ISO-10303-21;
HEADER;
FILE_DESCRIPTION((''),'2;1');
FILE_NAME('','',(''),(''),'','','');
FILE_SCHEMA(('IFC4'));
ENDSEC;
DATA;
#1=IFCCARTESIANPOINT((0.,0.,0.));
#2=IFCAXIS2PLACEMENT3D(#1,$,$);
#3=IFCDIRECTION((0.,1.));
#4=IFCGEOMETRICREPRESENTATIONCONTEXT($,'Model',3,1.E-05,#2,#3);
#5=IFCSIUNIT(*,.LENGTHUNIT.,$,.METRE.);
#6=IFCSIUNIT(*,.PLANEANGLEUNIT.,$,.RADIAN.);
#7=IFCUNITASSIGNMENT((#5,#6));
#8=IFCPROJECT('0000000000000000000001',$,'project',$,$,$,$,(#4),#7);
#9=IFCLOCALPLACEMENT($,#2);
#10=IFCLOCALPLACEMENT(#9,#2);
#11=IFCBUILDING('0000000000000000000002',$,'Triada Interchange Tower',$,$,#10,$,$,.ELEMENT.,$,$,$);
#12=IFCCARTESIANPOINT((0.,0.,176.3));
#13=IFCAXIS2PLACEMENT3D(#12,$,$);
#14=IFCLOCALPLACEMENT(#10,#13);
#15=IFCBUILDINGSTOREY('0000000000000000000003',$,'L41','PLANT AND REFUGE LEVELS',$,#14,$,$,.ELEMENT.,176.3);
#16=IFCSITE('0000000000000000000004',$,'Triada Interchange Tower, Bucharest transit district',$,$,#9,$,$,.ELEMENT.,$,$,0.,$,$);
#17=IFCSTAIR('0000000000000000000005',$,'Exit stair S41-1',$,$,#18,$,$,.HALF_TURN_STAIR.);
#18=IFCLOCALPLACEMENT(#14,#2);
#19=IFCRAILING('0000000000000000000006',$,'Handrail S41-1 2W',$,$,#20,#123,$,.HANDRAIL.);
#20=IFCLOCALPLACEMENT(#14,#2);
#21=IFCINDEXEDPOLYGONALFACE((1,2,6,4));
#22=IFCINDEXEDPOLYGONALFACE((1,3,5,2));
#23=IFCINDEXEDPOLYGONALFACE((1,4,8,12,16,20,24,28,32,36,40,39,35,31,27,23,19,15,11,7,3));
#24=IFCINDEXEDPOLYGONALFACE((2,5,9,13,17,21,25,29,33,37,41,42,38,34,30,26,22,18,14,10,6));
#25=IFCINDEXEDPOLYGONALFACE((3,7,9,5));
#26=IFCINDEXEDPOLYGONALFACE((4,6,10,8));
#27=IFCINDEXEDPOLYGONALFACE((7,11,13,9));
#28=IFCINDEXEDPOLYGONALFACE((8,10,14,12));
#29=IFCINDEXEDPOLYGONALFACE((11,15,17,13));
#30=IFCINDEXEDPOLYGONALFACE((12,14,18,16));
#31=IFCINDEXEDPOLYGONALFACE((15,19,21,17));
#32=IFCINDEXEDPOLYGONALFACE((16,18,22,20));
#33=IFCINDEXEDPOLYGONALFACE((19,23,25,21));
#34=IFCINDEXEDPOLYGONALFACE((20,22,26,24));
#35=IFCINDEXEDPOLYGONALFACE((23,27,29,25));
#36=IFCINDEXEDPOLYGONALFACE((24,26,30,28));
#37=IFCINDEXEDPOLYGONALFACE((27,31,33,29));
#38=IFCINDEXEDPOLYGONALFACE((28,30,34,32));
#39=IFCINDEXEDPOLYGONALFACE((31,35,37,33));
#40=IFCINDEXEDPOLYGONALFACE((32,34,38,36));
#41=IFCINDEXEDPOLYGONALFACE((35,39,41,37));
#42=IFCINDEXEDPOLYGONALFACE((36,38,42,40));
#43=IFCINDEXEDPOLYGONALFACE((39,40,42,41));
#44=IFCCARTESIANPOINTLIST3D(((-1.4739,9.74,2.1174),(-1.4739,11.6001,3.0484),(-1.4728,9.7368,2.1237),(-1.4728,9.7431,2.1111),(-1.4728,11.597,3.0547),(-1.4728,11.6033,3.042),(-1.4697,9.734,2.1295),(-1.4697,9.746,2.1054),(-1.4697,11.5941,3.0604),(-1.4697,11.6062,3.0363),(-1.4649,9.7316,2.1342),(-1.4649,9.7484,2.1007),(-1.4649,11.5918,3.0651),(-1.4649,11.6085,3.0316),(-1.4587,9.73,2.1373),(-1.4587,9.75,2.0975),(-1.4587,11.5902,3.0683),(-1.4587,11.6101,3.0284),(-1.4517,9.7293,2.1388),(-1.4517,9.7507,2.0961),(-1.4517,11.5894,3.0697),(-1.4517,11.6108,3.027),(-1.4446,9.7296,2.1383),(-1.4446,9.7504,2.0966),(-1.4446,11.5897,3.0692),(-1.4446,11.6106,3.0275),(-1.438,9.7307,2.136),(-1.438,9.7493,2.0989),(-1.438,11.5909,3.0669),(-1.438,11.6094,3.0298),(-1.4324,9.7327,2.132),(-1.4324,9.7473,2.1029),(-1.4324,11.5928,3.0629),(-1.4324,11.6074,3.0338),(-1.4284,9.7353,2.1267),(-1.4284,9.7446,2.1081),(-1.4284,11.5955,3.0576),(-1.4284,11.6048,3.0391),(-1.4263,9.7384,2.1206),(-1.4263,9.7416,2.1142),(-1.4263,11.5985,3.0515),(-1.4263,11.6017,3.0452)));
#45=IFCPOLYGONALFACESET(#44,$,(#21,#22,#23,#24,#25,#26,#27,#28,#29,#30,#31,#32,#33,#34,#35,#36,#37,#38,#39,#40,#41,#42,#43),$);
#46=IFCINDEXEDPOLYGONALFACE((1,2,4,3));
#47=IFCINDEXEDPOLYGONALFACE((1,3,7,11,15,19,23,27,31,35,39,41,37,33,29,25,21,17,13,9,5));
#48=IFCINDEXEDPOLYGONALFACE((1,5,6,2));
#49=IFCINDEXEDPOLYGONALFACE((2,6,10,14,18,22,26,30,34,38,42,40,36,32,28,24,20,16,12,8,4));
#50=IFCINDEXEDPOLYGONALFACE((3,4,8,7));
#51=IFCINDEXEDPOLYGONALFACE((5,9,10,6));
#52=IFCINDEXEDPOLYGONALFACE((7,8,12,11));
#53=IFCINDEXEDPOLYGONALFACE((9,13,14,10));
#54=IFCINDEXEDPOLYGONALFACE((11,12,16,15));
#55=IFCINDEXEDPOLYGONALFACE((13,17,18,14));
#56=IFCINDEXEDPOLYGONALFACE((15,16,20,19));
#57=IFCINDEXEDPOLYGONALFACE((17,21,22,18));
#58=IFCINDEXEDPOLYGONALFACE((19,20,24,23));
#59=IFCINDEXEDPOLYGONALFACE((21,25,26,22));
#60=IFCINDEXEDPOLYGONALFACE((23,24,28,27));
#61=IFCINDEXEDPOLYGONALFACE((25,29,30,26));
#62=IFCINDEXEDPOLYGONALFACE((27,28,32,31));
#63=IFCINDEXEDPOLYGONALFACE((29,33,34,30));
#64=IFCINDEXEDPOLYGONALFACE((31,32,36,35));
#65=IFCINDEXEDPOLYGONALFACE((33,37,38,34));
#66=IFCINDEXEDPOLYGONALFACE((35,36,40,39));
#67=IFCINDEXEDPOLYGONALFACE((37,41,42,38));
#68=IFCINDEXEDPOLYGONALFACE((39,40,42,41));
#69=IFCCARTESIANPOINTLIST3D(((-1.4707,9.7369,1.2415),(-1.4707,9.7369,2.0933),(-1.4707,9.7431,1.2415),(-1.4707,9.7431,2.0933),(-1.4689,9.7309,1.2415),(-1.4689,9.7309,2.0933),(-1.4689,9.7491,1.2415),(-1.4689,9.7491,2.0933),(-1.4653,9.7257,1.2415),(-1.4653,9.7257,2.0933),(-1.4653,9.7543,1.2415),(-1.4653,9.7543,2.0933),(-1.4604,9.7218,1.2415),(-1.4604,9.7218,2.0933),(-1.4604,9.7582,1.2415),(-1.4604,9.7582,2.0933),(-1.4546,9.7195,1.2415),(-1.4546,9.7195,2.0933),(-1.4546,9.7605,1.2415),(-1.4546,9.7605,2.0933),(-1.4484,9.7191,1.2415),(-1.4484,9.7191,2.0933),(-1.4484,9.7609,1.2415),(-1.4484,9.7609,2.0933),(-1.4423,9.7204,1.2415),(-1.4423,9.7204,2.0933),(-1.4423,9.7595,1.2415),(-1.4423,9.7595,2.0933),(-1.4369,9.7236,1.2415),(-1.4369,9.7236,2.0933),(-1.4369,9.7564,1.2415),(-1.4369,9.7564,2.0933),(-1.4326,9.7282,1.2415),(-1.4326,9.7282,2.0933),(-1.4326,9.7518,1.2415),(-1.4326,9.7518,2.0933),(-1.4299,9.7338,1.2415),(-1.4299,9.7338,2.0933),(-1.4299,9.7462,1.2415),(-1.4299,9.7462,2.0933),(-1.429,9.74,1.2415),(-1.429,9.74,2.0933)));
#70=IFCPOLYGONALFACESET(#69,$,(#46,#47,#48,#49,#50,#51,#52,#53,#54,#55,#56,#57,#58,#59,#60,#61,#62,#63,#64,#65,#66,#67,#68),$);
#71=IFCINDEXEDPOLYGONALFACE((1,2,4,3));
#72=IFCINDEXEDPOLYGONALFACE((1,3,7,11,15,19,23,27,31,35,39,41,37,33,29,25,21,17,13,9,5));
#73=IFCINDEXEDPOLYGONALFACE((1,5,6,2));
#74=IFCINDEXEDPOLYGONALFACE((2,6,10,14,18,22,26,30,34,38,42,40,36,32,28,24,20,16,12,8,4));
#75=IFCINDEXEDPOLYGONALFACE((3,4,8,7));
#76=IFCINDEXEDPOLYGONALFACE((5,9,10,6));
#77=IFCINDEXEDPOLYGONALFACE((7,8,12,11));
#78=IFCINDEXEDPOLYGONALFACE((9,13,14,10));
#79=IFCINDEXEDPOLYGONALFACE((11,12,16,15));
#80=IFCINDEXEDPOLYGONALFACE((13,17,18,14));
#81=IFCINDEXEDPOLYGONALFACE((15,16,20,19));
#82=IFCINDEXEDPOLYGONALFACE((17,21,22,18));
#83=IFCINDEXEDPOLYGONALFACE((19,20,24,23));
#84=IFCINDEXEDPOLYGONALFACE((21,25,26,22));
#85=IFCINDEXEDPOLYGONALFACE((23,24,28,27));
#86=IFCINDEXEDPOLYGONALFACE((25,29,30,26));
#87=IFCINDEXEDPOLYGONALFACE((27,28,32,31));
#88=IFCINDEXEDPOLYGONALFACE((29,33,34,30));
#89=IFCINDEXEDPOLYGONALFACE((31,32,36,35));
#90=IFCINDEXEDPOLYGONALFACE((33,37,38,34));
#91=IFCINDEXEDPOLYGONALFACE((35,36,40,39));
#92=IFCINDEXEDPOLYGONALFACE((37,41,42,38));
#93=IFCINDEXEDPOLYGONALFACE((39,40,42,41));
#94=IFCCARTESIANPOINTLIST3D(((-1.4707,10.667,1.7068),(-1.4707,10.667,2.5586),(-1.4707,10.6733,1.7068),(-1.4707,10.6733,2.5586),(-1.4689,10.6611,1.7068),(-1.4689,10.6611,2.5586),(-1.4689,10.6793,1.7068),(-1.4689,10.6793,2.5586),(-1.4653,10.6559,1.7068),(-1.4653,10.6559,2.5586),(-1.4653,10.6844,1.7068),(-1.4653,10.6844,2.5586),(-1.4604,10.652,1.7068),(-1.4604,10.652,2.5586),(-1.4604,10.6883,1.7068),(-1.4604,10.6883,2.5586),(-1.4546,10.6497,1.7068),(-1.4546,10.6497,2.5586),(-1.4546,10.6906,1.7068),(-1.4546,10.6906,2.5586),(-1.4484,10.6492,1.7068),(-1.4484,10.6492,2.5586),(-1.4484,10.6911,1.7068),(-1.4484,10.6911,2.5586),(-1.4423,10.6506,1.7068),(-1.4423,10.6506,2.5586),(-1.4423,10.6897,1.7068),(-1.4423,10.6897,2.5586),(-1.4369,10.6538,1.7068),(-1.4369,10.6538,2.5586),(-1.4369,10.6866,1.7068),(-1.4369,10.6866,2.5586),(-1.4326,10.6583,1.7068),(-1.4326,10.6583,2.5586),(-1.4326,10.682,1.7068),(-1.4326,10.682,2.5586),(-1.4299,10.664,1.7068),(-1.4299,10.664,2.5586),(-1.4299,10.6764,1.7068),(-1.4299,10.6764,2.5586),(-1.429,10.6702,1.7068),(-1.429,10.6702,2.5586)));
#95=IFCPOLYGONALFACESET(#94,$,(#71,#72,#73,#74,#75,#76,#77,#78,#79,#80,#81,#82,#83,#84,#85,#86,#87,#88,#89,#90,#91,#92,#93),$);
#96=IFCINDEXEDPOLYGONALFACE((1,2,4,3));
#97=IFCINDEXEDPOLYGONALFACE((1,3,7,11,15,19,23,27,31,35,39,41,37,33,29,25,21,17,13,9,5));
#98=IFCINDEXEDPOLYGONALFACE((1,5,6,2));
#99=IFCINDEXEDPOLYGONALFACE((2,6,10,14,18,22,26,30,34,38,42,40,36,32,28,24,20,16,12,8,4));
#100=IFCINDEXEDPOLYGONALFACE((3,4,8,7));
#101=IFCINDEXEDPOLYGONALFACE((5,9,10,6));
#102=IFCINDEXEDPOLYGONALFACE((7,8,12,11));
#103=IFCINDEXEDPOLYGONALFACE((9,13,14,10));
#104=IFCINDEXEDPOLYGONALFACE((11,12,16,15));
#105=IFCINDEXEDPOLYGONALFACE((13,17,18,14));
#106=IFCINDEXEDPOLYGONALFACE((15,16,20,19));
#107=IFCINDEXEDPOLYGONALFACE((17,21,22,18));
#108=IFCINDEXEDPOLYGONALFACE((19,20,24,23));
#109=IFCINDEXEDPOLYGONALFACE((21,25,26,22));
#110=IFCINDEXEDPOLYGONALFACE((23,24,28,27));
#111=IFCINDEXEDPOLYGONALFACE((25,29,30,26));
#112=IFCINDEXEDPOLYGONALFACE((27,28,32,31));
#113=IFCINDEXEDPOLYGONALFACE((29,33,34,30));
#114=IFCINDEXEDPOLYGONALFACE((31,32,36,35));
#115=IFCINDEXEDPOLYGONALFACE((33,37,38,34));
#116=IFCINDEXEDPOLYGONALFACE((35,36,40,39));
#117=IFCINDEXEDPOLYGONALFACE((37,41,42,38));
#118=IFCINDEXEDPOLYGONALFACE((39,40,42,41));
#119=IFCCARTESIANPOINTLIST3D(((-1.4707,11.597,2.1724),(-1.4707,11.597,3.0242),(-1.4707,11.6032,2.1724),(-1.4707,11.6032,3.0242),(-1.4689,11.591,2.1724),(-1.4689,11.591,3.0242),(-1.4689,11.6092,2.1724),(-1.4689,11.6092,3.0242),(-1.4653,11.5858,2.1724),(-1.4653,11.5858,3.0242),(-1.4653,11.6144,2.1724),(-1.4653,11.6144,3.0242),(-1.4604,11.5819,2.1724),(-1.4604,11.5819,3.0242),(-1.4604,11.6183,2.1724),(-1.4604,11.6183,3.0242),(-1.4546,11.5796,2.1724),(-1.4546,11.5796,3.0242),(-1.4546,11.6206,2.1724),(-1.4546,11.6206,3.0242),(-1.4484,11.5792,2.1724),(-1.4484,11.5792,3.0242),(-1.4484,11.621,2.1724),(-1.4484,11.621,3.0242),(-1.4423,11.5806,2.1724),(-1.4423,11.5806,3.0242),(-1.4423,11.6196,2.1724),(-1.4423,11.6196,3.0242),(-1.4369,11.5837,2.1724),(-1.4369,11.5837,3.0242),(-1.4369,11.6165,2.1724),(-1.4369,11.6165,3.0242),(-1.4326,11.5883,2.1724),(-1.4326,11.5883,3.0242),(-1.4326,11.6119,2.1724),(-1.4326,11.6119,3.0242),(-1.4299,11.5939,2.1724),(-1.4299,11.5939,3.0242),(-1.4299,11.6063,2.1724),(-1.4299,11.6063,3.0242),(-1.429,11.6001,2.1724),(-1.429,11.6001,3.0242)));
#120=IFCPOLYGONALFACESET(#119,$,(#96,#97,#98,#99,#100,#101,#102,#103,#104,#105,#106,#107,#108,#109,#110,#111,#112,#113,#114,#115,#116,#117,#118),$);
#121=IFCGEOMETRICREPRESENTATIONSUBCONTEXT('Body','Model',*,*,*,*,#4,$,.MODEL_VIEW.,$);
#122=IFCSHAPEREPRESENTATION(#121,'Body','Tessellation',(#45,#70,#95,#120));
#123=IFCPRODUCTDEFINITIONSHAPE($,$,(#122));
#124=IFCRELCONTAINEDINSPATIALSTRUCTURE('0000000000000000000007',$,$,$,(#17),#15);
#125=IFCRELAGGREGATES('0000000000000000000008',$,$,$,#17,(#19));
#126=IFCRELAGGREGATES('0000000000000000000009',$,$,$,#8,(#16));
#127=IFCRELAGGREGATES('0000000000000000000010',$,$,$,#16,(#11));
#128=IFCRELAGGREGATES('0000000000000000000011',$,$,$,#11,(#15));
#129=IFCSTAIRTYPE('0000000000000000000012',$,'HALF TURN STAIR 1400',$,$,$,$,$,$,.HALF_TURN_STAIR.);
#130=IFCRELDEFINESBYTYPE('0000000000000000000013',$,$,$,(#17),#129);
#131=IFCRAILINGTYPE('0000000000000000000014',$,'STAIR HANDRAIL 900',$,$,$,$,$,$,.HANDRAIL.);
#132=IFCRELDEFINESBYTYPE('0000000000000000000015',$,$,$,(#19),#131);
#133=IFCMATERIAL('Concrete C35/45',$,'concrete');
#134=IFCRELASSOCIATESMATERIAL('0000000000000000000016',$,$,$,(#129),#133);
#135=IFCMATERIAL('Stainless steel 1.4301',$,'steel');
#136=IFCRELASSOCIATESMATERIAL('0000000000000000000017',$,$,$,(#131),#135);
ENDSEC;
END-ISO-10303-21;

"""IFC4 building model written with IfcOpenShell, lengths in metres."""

from ifc_helpers import new_model, si_unit, direction, frame, origin, origin_2d, place, context, subcontext, project, spatial, circle, extrude, material, type_object, element, aggregate, save


model = new_model("IFC4")

# Units and contexts
model_context = context("Model", 3, precision=1e-05, world=origin(), true_north=direction((0.0, 1.0)))
body_context = subcontext(model_context, "Body", "Model", "MODEL_VIEW")
ifc_project = project(units=[si_unit("LENGTHUNIT", "METRE"), si_unit("PLANEANGLEUNIT", "RADIAN")], contexts=[model_context])

# Site, building, storey
site_placement = place(None, origin())
site = spatial("IfcSite", under=ifc_project, at=site_placement, Name="Triada Interchange Tower, Bucharest transit district", CompositionType="ELEMENT", RefElevation=0.0)
building_placement = place(site_placement, origin())
building = spatial("IfcBuilding", under=site, at=building_placement, Name="Triada Interchange Tower", CompositionType="ELEMENT")
storey_placement = place(building_placement, frame((0.0, 0.0, 176.3)))
storey = spatial("IfcBuildingStorey", under=building, at=storey_placement, Name="L41", Description="PLANT AND REFUGE LEVELS", CompositionType="ELEMENT", Elevation=176.3)

# Stair
ifc_material_1 = material(Name="Concrete C35/45", Category="concrete")
stair_type = type_object("IfcStairType", Name="HALF TURN STAIR 1400", PredefinedType="HALF_TURN_STAIR", material=ifc_material_1)
stair_placement = place(storey_placement, origin())
stair = element("IfcStair", 1, at=stair_placement, inside=storey, type_object=stair_type, Name="Exit stair S41-1", PredefinedType="HALF_TURN_STAIR")

# Railing
ifc_material_2 = material(Name="Stainless steel 1.4301", Category="steel")
railing_type = type_object("IfcRailingType", Name="STAIR HANDRAIL 900", PredefinedType="HANDRAIL", material=ifc_material_2)
railing_1_placement = place(storey_placement, frame((-1.45, 9.74, 1.2415)))
railing_1 = element("IfcRailing", 2, at=railing_1_placement, type_object=railing_type, Name="Handrail S41-1 2W", PredefinedType="HANDRAIL", context=body_context, shape_type="SweptSolid", body=[
    extrude(circle(Radius=0.0239, at=origin_2d()), frame((0.0, 0.0, 0.876), z_axis=(0.0, 0.894263, 0.447542), x_axis=(-1.0, 0.0, 0.0)), (0.0, 0.0, 1.0), 2.0801),
    extrude(circle(Radius=0.021, at=origin_2d()), origin(), (0.0, 0.0, 1.0), 0.8518),
    extrude(circle(Radius=0.021, at=origin_2d()), frame((0.0, 0.9302, 0.4653)), (0.0, 0.0, 1.0), 0.8518),
    extrude(circle(Radius=0.021, at=origin_2d()), frame((0.0, 1.8601, 0.9309)), (0.0, 0.0, 1.0), 0.8518),
])
aggregate(stair, [railing_1])

save(model, "model.ifc")
